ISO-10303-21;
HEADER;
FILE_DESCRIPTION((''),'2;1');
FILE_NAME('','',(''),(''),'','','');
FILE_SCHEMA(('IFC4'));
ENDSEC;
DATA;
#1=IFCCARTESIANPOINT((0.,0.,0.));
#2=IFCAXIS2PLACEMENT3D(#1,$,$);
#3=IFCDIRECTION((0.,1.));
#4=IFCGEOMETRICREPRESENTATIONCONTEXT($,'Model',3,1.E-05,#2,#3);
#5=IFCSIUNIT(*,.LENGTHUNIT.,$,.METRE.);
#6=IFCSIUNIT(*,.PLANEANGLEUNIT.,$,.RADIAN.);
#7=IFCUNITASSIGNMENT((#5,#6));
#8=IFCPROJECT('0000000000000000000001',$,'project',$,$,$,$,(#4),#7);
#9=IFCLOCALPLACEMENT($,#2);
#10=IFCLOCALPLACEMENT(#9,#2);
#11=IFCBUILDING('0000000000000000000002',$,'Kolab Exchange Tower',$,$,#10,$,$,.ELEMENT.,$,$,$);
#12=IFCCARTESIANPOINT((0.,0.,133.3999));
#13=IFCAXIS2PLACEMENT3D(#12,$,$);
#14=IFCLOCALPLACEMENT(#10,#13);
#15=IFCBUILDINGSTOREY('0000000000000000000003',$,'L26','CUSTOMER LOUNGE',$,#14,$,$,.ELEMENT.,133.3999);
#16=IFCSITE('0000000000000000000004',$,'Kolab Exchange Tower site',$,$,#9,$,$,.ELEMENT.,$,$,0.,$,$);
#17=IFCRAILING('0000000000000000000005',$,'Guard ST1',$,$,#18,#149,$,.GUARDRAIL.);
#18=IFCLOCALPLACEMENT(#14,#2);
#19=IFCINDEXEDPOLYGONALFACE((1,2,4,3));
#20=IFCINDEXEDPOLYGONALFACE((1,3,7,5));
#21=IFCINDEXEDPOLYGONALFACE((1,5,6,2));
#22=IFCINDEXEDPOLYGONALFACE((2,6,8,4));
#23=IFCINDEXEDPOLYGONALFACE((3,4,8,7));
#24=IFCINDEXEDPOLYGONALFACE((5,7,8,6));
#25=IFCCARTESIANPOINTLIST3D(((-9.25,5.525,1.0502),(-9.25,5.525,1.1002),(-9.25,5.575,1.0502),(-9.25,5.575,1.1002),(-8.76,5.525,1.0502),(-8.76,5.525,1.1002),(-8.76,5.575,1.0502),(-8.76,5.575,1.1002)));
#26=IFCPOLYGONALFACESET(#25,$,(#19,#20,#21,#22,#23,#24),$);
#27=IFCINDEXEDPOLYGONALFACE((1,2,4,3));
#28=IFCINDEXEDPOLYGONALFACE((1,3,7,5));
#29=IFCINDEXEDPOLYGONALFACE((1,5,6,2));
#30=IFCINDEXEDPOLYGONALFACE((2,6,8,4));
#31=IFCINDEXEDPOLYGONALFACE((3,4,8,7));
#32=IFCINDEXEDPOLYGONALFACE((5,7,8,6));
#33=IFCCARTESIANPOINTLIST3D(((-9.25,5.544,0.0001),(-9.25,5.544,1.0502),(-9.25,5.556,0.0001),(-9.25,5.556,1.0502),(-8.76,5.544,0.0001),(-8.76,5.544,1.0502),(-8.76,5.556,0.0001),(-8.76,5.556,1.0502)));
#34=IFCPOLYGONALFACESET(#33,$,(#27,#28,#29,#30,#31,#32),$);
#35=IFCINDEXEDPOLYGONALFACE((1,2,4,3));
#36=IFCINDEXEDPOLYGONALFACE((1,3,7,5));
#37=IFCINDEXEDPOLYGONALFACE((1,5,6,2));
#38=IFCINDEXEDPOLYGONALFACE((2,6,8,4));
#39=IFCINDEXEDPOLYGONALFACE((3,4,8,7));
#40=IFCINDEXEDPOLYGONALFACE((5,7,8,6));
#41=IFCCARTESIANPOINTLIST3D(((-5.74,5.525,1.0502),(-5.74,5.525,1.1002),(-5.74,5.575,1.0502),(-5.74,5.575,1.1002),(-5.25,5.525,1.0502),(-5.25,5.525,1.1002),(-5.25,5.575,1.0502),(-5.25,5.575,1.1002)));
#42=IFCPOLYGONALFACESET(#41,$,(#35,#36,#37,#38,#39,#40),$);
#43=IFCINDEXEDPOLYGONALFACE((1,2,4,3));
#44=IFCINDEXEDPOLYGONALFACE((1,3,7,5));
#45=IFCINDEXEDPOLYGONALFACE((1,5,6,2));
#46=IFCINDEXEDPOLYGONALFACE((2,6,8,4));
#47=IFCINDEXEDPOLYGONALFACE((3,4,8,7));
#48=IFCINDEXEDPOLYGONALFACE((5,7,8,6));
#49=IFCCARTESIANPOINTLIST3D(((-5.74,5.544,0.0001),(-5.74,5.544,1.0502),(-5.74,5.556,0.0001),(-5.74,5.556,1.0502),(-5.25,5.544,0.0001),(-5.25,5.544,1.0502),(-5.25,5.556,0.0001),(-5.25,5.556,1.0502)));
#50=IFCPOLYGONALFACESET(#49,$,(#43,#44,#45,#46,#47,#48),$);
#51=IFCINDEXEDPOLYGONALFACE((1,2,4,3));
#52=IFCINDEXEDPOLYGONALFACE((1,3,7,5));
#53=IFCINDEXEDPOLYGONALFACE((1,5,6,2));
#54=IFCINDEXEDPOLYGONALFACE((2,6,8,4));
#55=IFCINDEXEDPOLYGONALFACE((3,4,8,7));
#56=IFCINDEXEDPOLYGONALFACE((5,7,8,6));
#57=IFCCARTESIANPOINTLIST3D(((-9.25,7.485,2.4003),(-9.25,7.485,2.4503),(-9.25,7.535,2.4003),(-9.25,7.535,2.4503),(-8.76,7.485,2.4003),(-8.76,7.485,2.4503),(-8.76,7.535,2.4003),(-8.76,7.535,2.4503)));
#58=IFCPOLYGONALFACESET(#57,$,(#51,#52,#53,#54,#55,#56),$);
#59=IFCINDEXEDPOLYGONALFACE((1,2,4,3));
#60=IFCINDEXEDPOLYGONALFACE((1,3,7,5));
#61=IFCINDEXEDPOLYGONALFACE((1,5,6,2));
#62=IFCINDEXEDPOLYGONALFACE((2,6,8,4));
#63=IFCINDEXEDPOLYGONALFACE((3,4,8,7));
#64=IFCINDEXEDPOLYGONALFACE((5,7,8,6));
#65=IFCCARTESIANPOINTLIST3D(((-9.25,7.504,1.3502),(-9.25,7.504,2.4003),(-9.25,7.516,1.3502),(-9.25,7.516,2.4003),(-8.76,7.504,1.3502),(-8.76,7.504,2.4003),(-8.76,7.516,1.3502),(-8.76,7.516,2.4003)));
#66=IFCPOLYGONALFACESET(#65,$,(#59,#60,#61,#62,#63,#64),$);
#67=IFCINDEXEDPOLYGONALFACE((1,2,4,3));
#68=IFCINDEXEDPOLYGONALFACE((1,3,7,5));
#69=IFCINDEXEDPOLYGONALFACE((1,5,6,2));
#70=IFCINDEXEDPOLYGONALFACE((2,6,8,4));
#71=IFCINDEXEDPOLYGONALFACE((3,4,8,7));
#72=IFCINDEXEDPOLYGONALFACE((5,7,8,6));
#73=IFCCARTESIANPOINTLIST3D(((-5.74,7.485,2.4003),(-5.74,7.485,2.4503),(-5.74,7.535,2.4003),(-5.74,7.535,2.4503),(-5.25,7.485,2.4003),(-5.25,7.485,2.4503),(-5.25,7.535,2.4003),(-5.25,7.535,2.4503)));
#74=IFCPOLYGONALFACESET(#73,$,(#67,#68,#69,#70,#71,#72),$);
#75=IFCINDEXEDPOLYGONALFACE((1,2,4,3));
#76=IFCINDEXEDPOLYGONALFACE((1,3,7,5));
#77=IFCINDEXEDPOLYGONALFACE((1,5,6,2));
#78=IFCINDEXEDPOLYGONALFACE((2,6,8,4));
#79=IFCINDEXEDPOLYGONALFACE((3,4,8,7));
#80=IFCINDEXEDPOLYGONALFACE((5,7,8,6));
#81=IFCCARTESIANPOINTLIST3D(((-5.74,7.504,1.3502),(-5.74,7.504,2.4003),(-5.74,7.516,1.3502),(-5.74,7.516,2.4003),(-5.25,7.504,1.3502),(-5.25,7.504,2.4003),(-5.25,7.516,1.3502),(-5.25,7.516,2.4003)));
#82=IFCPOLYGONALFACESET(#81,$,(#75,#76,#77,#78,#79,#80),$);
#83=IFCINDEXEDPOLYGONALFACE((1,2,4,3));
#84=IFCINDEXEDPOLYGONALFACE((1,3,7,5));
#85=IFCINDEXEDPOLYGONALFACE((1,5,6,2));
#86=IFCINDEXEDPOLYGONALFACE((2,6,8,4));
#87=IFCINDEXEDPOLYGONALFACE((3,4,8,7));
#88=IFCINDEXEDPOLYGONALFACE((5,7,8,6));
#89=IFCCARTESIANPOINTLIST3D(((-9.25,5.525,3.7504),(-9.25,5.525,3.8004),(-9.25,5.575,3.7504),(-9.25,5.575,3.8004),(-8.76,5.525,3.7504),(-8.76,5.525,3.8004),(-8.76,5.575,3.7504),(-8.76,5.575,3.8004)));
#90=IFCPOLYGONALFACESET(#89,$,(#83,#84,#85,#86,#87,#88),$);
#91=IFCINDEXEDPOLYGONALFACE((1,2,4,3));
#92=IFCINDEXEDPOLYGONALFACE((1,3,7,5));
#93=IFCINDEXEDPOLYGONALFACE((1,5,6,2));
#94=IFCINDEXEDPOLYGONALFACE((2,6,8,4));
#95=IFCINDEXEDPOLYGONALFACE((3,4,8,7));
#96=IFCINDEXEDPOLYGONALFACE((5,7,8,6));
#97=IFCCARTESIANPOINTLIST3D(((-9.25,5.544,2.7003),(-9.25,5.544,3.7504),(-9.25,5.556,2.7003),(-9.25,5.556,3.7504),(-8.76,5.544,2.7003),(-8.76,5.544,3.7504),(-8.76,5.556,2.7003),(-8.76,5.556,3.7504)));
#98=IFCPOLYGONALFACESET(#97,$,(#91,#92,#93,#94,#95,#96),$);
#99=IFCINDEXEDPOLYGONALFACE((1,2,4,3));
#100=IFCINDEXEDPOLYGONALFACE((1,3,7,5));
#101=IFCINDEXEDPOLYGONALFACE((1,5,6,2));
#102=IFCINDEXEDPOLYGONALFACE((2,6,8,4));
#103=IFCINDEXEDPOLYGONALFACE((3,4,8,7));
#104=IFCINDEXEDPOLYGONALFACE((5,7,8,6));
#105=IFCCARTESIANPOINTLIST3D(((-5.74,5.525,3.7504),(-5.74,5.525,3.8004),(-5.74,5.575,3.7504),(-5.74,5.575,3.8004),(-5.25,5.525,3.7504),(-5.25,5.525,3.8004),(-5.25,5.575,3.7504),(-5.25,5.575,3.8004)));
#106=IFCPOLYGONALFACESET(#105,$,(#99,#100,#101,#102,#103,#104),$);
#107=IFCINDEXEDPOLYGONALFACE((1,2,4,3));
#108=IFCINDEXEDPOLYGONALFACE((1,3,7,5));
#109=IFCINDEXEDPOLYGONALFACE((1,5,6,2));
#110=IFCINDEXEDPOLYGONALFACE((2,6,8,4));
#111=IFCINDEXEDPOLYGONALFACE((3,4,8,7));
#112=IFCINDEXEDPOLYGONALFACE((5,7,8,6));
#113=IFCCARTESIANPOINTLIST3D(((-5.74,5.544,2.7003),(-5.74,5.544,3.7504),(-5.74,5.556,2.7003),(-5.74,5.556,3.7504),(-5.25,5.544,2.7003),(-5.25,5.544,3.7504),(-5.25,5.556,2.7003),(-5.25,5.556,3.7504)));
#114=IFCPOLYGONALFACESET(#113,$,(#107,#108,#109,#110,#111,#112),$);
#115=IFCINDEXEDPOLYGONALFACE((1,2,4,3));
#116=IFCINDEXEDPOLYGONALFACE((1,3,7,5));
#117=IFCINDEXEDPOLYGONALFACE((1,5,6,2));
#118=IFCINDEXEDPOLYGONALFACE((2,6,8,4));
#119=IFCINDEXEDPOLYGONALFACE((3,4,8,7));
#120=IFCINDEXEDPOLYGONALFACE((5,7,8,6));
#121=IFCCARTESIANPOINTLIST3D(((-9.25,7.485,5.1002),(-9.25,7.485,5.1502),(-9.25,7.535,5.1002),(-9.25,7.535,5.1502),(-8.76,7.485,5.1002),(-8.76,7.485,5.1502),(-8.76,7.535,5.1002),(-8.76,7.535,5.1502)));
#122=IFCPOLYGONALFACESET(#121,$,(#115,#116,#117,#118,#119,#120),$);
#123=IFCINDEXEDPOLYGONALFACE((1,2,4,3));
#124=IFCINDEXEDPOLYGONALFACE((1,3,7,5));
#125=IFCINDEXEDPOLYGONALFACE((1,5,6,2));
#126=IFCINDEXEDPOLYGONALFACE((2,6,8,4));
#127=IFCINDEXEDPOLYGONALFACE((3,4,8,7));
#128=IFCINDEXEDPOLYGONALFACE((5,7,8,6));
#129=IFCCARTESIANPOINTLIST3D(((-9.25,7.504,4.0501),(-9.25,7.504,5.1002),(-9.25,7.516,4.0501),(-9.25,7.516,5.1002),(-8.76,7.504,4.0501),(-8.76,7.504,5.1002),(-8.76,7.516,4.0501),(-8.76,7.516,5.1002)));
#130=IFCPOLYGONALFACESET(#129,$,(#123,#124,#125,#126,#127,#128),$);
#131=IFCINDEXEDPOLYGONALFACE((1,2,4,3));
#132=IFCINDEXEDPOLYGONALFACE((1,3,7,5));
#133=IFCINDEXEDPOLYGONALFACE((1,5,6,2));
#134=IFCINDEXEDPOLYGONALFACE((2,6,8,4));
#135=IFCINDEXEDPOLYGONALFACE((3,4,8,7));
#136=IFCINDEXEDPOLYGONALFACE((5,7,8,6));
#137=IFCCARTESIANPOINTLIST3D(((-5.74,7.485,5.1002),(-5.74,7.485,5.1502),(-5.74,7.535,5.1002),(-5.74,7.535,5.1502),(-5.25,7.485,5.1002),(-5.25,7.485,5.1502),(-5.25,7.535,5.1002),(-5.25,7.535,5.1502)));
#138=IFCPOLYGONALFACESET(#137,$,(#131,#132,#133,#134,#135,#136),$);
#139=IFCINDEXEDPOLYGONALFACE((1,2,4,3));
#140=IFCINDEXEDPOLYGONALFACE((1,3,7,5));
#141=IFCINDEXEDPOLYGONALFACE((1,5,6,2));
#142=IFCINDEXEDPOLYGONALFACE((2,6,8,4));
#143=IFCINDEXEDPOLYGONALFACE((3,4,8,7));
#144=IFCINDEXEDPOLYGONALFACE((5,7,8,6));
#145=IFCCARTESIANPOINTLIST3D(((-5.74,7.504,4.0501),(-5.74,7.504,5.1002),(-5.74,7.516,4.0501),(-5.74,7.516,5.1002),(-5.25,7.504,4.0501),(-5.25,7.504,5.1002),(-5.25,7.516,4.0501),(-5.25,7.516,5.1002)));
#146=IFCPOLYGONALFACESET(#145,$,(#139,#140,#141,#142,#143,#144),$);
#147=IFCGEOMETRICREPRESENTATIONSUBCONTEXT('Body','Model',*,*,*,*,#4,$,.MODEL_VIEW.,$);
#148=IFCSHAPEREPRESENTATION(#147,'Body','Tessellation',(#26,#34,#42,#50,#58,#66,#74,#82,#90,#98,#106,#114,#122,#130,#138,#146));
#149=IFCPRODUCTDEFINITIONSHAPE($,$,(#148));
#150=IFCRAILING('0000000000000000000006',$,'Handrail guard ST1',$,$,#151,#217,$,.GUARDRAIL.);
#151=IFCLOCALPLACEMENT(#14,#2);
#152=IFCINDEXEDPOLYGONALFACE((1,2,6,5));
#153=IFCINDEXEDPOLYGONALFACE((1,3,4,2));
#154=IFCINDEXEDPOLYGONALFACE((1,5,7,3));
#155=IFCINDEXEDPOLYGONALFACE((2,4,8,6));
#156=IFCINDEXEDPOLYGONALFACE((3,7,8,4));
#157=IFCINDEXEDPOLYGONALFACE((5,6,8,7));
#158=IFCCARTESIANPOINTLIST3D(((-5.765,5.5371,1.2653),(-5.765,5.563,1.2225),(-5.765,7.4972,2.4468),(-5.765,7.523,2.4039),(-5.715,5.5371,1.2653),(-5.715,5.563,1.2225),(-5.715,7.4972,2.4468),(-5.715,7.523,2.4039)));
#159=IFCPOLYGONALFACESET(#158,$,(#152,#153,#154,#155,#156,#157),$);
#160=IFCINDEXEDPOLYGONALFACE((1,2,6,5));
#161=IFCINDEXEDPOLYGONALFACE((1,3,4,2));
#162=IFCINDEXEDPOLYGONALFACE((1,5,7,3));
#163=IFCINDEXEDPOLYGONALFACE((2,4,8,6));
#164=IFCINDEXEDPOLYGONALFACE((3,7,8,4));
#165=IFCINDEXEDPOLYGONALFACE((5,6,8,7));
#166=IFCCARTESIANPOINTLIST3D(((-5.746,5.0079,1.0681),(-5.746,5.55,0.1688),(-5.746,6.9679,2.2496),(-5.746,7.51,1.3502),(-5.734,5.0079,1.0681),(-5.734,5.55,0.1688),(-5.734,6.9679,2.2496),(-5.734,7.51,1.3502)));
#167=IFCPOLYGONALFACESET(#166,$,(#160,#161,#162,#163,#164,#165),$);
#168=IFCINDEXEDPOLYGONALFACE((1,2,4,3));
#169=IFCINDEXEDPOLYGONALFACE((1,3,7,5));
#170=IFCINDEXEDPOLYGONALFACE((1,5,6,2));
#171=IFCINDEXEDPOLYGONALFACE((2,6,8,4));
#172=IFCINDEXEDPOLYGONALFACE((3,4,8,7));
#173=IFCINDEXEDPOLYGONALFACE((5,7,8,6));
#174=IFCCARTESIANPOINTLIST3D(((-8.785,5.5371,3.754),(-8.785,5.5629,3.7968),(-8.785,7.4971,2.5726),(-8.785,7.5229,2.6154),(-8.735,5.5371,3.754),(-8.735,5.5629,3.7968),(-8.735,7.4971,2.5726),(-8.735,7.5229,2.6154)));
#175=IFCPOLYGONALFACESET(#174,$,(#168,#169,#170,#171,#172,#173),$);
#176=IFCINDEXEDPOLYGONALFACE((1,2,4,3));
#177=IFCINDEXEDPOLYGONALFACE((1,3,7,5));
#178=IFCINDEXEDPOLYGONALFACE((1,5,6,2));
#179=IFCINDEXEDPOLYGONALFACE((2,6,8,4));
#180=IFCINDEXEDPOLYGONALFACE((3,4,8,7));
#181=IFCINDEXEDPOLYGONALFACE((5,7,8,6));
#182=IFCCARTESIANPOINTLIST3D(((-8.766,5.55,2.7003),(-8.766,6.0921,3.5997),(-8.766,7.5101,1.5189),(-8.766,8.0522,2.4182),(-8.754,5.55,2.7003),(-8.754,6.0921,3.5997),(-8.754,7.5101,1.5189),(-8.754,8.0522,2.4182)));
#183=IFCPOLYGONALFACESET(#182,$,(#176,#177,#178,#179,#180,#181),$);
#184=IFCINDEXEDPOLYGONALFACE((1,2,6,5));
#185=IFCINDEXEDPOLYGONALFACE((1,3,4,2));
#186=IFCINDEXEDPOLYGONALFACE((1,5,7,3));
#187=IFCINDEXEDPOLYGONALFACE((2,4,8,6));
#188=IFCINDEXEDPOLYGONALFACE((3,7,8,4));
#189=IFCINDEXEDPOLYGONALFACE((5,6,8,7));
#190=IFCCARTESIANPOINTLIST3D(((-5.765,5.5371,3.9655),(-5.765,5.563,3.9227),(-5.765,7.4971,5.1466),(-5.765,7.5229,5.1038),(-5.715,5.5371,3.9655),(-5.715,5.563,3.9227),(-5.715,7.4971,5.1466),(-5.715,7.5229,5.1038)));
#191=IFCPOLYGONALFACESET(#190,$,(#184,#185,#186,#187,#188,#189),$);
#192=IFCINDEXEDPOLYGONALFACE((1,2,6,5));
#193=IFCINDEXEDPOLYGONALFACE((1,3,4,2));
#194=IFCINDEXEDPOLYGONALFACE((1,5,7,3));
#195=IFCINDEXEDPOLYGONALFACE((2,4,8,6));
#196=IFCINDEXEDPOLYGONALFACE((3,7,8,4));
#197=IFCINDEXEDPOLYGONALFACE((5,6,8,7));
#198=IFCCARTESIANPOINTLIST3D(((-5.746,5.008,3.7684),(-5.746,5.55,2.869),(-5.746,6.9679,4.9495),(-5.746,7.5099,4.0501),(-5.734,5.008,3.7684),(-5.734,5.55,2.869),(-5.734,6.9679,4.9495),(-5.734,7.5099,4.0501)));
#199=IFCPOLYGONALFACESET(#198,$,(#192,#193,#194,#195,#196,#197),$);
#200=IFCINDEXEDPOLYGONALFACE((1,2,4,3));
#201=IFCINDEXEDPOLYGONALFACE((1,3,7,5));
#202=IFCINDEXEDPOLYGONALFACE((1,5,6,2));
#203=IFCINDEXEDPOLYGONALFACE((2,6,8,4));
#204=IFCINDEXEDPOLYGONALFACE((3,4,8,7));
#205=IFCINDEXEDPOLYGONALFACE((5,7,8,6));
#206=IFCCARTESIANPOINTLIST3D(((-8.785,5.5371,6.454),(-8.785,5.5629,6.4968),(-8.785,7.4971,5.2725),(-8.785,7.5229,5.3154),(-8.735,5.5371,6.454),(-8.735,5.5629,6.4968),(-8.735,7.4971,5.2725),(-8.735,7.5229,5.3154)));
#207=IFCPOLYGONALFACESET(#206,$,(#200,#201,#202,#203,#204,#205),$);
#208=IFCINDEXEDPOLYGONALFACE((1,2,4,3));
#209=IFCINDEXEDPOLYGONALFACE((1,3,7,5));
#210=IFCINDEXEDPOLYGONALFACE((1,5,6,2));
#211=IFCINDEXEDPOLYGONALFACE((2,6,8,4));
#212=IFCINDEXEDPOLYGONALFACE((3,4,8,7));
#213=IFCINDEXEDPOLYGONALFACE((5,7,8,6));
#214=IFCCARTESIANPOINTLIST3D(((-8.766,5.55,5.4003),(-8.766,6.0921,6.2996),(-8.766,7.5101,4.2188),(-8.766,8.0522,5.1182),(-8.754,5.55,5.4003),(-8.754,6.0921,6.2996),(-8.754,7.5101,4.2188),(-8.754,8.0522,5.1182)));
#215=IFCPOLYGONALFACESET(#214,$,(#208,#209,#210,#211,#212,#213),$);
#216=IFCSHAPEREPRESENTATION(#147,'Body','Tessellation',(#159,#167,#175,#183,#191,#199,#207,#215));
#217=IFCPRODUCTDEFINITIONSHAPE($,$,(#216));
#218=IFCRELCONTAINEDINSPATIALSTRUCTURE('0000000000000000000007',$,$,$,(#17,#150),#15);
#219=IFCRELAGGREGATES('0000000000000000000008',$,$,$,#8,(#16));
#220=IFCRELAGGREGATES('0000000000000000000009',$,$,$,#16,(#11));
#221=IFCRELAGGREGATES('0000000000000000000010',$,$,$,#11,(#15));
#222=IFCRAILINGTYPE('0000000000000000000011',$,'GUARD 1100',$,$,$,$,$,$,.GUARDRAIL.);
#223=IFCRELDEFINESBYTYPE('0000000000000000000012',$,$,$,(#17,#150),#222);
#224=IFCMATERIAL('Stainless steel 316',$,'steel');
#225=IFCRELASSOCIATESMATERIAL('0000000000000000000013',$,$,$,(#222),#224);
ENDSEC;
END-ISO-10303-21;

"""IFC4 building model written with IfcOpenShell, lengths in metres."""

from ifc_helpers import new_model, si_unit, direction, frame, frame_2d, origin, origin_2d, place, context, subcontext, project, spatial, rectangle, extrude, material, type_object, element, save


model = new_model("IFC4")

# Units and contexts
model_context = context("Model", 3, precision=1e-05, world=origin(), true_north=direction((0.0, 1.0)))
body_context = subcontext(model_context, "Body", "Model", "MODEL_VIEW")
ifc_project = project(units=[si_unit("LENGTHUNIT", "METRE"), si_unit("PLANEANGLEUNIT", "RADIAN")], contexts=[model_context])

# Site, building, storey
site_placement = place(None, origin())
site = spatial("IfcSite", under=ifc_project, at=site_placement, Name="Kolab Exchange Tower site", CompositionType="ELEMENT", RefElevation=0.0)
building_placement = place(site_placement, origin())
building = spatial("IfcBuilding", under=site, at=building_placement, Name="Kolab Exchange Tower", CompositionType="ELEMENT")
storey_placement = place(building_placement, frame((0.0, 0.0, 133.3999)))
storey = spatial("IfcBuildingStorey", under=building, at=storey_placement, Name="L26", Description="CUSTOMER LOUNGE", CompositionType="ELEMENT", Elevation=133.3999)

# Railings
ifc_material_1 = material(Name="Stainless steel 316", Category="steel")
railing_type = type_object("IfcRailingType", Name="GUARD 1100", PredefinedType="GUARDRAIL", material=ifc_material_1)
railing_1_placement = place(storey_placement, frame((-9.25, 5.55, 0.0)))
element("IfcRailing", 1, at=railing_1_placement, inside=storey, type_object=railing_type, Name="Guard ST1", PredefinedType="GUARDRAIL", context=body_context, shape_type="SweptSolid", body=[
    extrude(rectangle(XDim=0.05, YDim=0.05, at=origin_2d()), frame((0.0, 0.0, 1.0752), z_axis=(1.0, 0.0, 0.0), x_axis=(0.0, 1.0, 0.0)), (0.0, 0.0, 1.0), 0.49),
    extrude(rectangle(XDim=0.012, YDim=1.0501, at=frame_2d((0.0, 0.5251))), frame((0.0, 0.0, 0.0), z_axis=(1.0, 0.0, 0.0), x_axis=(0.0, 1.0, 0.0)), (0.0, 0.0, 1.0), 0.49),
    extrude(rectangle(XDim=0.05, YDim=0.05, at=origin_2d()), frame((3.51, 0.0, 1.0752), z_axis=(1.0, 0.0, 0.0), x_axis=(0.0, 1.0, 0.0)), (0.0, 0.0, 1.0), 0.49),
    extrude(rectangle(XDim=0.012, YDim=1.0501, at=frame_2d((0.0, 0.5251))), frame((3.51, 0.0, 0.0), z_axis=(1.0, 0.0, 0.0), x_axis=(0.0, 1.0, 0.0)), (0.0, 0.0, 1.0), 0.49),
    extrude(rectangle(XDim=0.05, YDim=0.05, at=origin_2d()), frame((0.0, 1.96, 2.4253), z_axis=(1.0, 0.0, 0.0), x_axis=(0.0, 1.0, 0.0)), (0.0, 0.0, 1.0), 0.49),
    extrude(rectangle(XDim=0.012, YDim=1.0501, at=frame_2d((0.0, 0.5251))), frame((0.0, 1.96, 1.3501), z_axis=(1.0, 0.0, 0.0), x_axis=(0.0, 1.0, 0.0)), (0.0, 0.0, 1.0), 0.49),
    extrude(rectangle(XDim=0.05, YDim=0.05, at=origin_2d()), frame((3.51, 1.96, 2.4253), z_axis=(1.0, 0.0, 0.0), x_axis=(0.0, 1.0, 0.0)), (0.0, 0.0, 1.0), 0.49),
    extrude(rectangle(XDim=0.012, YDim=1.0501, at=frame_2d((0.0, 0.5251))), frame((3.51, 1.96, 1.3501), z_axis=(1.0, 0.0, 0.0), x_axis=(0.0, 1.0, 0.0)), (0.0, 0.0, 1.0), 0.49),
    extrude(rectangle(XDim=0.05, YDim=0.05, at=origin_2d()), frame((0.0, 0.0, 3.7754), z_axis=(1.0, 0.0, 0.0), x_axis=(0.0, 1.0, 0.0)), (0.0, 0.0, 1.0), 0.49),
    extrude(rectangle(XDim=0.012, YDim=1.0501, at=frame_2d((0.0, 0.5251))), frame((0.0, 0.0, 2.7002), z_axis=(1.0, 0.0, 0.0), x_axis=(0.0, 1.0, 0.0)), (0.0, 0.0, 1.0), 0.49),
    extrude(rectangle(XDim=0.05, YDim=0.05, at=origin_2d()), frame((3.51, 0.0, 3.7754), z_axis=(1.0, 0.0, 0.0), x_axis=(0.0, 1.0, 0.0)), (0.0, 0.0, 1.0), 0.49),
    extrude(rectangle(XDim=0.012, YDim=1.0501, at=frame_2d((0.0, 0.5251))), frame((3.51, 0.0, 2.7002), z_axis=(1.0, 0.0, 0.0), x_axis=(0.0, 1.0, 0.0)), (0.0, 0.0, 1.0), 0.49),
    extrude(rectangle(XDim=0.05, YDim=0.05, at=origin_2d()), frame((0.0, 1.96, 5.1252), z_axis=(1.0, 0.0, 0.0), x_axis=(0.0, 1.0, 0.0)), (0.0, 0.0, 1.0), 0.49),
    extrude(rectangle(XDim=0.012, YDim=1.0501, at=frame_2d((0.0, 0.5251))), frame((0.0, 1.96, 4.05), z_axis=(1.0, 0.0, 0.0), x_axis=(0.0, 1.0, 0.0)), (0.0, 0.0, 1.0), 0.49),
    extrude(rectangle(XDim=0.05, YDim=0.05, at=origin_2d()), frame((3.51, 1.96, 5.1252), z_axis=(1.0, 0.0, 0.0), x_axis=(0.0, 1.0, 0.0)), (0.0, 0.0, 1.0), 0.49),
    extrude(rectangle(XDim=0.012, YDim=1.0501, at=frame_2d((0.0, 0.5251))), frame((3.51, 1.96, 4.05), z_axis=(1.0, 0.0, 0.0), x_axis=(0.0, 1.0, 0.0)), (0.0, 0.0, 1.0), 0.49),
])
railing_2_placement = place(storey_placement, frame((-5.74, 5.55, 0.1687)))
element("IfcRailing", 2, at=railing_2_placement, inside=storey, type_object=railing_type, Name="Handrail guard ST1", PredefinedType="GUARDRAIL", context=body_context, shape_type="SweptSolid", body=[
    extrude(rectangle(XDim=0.05, YDim=0.05, at=origin_2d()), frame((0.0, 0.0, 1.0752), z_axis=(0.0, 0.856446, 0.516236), x_axis=(-1.0, 0.0, 0.0)), (0.0, 0.0, 1.0), 2.2886),
    extrude(rectangle(XDim=0.012, YDim=1.0501, at=frame_2d((0.0, 0.5251))), frame((0.0, 0.0, 0.0), z_axis=(0.0, 0.856446, 0.516236), x_axis=(-1.0, 0.0, 0.0)), (0.0, 0.0, 1.0), 2.2886),
    extrude(rectangle(XDim=0.05, YDim=0.05, at=origin_2d()), frame((-3.02, 1.96, 2.4253), z_axis=(0.0, -0.856446, 0.516236), x_axis=(1.0, 0.0, 0.0)), (0.0, 0.0, 1.0), 2.2886),
    extrude(rectangle(XDim=0.012, YDim=1.0501, at=frame_2d((0.0, 0.5251))), frame((-3.02, 1.96, 1.3501), z_axis=(0.0, -0.856446, 0.516236), x_axis=(1.0, 0.0, 0.0)), (0.0, 0.0, 1.0), 2.2886),
    extrude(rectangle(XDim=0.05, YDim=0.05, at=origin_2d()), frame((0.0, 0.0, 3.7754), z_axis=(0.0, 0.856493, 0.516158), x_axis=(-1.0, 0.0, 0.0)), (0.0, 0.0, 1.0), 2.2883),
    extrude(rectangle(XDim=0.012, YDim=1.0501, at=frame_2d((0.0, 0.5251))), frame((0.0, 0.0, 2.7002), z_axis=(0.0, 0.856493, 0.516158), x_axis=(-1.0, 0.0, 0.0)), (0.0, 0.0, 1.0), 2.2883),
    extrude(rectangle(XDim=0.05, YDim=0.05, at=origin_2d()), frame((-3.02, 1.96, 5.1252), z_axis=(0.0, -0.856446, 0.516236), x_axis=(1.0, 0.0, 0.0)), (0.0, 0.0, 1.0), 2.2886),
    extrude(rectangle(XDim=0.012, YDim=1.0501, at=frame_2d((0.0, 0.5251))), frame((-3.02, 1.96, 4.05), z_axis=(0.0, -0.856446, 0.516236), x_axis=(1.0, 0.0, 0.0)), (0.0, 0.0, 1.0), 2.2886),
])

save(model, "model.ifc")
